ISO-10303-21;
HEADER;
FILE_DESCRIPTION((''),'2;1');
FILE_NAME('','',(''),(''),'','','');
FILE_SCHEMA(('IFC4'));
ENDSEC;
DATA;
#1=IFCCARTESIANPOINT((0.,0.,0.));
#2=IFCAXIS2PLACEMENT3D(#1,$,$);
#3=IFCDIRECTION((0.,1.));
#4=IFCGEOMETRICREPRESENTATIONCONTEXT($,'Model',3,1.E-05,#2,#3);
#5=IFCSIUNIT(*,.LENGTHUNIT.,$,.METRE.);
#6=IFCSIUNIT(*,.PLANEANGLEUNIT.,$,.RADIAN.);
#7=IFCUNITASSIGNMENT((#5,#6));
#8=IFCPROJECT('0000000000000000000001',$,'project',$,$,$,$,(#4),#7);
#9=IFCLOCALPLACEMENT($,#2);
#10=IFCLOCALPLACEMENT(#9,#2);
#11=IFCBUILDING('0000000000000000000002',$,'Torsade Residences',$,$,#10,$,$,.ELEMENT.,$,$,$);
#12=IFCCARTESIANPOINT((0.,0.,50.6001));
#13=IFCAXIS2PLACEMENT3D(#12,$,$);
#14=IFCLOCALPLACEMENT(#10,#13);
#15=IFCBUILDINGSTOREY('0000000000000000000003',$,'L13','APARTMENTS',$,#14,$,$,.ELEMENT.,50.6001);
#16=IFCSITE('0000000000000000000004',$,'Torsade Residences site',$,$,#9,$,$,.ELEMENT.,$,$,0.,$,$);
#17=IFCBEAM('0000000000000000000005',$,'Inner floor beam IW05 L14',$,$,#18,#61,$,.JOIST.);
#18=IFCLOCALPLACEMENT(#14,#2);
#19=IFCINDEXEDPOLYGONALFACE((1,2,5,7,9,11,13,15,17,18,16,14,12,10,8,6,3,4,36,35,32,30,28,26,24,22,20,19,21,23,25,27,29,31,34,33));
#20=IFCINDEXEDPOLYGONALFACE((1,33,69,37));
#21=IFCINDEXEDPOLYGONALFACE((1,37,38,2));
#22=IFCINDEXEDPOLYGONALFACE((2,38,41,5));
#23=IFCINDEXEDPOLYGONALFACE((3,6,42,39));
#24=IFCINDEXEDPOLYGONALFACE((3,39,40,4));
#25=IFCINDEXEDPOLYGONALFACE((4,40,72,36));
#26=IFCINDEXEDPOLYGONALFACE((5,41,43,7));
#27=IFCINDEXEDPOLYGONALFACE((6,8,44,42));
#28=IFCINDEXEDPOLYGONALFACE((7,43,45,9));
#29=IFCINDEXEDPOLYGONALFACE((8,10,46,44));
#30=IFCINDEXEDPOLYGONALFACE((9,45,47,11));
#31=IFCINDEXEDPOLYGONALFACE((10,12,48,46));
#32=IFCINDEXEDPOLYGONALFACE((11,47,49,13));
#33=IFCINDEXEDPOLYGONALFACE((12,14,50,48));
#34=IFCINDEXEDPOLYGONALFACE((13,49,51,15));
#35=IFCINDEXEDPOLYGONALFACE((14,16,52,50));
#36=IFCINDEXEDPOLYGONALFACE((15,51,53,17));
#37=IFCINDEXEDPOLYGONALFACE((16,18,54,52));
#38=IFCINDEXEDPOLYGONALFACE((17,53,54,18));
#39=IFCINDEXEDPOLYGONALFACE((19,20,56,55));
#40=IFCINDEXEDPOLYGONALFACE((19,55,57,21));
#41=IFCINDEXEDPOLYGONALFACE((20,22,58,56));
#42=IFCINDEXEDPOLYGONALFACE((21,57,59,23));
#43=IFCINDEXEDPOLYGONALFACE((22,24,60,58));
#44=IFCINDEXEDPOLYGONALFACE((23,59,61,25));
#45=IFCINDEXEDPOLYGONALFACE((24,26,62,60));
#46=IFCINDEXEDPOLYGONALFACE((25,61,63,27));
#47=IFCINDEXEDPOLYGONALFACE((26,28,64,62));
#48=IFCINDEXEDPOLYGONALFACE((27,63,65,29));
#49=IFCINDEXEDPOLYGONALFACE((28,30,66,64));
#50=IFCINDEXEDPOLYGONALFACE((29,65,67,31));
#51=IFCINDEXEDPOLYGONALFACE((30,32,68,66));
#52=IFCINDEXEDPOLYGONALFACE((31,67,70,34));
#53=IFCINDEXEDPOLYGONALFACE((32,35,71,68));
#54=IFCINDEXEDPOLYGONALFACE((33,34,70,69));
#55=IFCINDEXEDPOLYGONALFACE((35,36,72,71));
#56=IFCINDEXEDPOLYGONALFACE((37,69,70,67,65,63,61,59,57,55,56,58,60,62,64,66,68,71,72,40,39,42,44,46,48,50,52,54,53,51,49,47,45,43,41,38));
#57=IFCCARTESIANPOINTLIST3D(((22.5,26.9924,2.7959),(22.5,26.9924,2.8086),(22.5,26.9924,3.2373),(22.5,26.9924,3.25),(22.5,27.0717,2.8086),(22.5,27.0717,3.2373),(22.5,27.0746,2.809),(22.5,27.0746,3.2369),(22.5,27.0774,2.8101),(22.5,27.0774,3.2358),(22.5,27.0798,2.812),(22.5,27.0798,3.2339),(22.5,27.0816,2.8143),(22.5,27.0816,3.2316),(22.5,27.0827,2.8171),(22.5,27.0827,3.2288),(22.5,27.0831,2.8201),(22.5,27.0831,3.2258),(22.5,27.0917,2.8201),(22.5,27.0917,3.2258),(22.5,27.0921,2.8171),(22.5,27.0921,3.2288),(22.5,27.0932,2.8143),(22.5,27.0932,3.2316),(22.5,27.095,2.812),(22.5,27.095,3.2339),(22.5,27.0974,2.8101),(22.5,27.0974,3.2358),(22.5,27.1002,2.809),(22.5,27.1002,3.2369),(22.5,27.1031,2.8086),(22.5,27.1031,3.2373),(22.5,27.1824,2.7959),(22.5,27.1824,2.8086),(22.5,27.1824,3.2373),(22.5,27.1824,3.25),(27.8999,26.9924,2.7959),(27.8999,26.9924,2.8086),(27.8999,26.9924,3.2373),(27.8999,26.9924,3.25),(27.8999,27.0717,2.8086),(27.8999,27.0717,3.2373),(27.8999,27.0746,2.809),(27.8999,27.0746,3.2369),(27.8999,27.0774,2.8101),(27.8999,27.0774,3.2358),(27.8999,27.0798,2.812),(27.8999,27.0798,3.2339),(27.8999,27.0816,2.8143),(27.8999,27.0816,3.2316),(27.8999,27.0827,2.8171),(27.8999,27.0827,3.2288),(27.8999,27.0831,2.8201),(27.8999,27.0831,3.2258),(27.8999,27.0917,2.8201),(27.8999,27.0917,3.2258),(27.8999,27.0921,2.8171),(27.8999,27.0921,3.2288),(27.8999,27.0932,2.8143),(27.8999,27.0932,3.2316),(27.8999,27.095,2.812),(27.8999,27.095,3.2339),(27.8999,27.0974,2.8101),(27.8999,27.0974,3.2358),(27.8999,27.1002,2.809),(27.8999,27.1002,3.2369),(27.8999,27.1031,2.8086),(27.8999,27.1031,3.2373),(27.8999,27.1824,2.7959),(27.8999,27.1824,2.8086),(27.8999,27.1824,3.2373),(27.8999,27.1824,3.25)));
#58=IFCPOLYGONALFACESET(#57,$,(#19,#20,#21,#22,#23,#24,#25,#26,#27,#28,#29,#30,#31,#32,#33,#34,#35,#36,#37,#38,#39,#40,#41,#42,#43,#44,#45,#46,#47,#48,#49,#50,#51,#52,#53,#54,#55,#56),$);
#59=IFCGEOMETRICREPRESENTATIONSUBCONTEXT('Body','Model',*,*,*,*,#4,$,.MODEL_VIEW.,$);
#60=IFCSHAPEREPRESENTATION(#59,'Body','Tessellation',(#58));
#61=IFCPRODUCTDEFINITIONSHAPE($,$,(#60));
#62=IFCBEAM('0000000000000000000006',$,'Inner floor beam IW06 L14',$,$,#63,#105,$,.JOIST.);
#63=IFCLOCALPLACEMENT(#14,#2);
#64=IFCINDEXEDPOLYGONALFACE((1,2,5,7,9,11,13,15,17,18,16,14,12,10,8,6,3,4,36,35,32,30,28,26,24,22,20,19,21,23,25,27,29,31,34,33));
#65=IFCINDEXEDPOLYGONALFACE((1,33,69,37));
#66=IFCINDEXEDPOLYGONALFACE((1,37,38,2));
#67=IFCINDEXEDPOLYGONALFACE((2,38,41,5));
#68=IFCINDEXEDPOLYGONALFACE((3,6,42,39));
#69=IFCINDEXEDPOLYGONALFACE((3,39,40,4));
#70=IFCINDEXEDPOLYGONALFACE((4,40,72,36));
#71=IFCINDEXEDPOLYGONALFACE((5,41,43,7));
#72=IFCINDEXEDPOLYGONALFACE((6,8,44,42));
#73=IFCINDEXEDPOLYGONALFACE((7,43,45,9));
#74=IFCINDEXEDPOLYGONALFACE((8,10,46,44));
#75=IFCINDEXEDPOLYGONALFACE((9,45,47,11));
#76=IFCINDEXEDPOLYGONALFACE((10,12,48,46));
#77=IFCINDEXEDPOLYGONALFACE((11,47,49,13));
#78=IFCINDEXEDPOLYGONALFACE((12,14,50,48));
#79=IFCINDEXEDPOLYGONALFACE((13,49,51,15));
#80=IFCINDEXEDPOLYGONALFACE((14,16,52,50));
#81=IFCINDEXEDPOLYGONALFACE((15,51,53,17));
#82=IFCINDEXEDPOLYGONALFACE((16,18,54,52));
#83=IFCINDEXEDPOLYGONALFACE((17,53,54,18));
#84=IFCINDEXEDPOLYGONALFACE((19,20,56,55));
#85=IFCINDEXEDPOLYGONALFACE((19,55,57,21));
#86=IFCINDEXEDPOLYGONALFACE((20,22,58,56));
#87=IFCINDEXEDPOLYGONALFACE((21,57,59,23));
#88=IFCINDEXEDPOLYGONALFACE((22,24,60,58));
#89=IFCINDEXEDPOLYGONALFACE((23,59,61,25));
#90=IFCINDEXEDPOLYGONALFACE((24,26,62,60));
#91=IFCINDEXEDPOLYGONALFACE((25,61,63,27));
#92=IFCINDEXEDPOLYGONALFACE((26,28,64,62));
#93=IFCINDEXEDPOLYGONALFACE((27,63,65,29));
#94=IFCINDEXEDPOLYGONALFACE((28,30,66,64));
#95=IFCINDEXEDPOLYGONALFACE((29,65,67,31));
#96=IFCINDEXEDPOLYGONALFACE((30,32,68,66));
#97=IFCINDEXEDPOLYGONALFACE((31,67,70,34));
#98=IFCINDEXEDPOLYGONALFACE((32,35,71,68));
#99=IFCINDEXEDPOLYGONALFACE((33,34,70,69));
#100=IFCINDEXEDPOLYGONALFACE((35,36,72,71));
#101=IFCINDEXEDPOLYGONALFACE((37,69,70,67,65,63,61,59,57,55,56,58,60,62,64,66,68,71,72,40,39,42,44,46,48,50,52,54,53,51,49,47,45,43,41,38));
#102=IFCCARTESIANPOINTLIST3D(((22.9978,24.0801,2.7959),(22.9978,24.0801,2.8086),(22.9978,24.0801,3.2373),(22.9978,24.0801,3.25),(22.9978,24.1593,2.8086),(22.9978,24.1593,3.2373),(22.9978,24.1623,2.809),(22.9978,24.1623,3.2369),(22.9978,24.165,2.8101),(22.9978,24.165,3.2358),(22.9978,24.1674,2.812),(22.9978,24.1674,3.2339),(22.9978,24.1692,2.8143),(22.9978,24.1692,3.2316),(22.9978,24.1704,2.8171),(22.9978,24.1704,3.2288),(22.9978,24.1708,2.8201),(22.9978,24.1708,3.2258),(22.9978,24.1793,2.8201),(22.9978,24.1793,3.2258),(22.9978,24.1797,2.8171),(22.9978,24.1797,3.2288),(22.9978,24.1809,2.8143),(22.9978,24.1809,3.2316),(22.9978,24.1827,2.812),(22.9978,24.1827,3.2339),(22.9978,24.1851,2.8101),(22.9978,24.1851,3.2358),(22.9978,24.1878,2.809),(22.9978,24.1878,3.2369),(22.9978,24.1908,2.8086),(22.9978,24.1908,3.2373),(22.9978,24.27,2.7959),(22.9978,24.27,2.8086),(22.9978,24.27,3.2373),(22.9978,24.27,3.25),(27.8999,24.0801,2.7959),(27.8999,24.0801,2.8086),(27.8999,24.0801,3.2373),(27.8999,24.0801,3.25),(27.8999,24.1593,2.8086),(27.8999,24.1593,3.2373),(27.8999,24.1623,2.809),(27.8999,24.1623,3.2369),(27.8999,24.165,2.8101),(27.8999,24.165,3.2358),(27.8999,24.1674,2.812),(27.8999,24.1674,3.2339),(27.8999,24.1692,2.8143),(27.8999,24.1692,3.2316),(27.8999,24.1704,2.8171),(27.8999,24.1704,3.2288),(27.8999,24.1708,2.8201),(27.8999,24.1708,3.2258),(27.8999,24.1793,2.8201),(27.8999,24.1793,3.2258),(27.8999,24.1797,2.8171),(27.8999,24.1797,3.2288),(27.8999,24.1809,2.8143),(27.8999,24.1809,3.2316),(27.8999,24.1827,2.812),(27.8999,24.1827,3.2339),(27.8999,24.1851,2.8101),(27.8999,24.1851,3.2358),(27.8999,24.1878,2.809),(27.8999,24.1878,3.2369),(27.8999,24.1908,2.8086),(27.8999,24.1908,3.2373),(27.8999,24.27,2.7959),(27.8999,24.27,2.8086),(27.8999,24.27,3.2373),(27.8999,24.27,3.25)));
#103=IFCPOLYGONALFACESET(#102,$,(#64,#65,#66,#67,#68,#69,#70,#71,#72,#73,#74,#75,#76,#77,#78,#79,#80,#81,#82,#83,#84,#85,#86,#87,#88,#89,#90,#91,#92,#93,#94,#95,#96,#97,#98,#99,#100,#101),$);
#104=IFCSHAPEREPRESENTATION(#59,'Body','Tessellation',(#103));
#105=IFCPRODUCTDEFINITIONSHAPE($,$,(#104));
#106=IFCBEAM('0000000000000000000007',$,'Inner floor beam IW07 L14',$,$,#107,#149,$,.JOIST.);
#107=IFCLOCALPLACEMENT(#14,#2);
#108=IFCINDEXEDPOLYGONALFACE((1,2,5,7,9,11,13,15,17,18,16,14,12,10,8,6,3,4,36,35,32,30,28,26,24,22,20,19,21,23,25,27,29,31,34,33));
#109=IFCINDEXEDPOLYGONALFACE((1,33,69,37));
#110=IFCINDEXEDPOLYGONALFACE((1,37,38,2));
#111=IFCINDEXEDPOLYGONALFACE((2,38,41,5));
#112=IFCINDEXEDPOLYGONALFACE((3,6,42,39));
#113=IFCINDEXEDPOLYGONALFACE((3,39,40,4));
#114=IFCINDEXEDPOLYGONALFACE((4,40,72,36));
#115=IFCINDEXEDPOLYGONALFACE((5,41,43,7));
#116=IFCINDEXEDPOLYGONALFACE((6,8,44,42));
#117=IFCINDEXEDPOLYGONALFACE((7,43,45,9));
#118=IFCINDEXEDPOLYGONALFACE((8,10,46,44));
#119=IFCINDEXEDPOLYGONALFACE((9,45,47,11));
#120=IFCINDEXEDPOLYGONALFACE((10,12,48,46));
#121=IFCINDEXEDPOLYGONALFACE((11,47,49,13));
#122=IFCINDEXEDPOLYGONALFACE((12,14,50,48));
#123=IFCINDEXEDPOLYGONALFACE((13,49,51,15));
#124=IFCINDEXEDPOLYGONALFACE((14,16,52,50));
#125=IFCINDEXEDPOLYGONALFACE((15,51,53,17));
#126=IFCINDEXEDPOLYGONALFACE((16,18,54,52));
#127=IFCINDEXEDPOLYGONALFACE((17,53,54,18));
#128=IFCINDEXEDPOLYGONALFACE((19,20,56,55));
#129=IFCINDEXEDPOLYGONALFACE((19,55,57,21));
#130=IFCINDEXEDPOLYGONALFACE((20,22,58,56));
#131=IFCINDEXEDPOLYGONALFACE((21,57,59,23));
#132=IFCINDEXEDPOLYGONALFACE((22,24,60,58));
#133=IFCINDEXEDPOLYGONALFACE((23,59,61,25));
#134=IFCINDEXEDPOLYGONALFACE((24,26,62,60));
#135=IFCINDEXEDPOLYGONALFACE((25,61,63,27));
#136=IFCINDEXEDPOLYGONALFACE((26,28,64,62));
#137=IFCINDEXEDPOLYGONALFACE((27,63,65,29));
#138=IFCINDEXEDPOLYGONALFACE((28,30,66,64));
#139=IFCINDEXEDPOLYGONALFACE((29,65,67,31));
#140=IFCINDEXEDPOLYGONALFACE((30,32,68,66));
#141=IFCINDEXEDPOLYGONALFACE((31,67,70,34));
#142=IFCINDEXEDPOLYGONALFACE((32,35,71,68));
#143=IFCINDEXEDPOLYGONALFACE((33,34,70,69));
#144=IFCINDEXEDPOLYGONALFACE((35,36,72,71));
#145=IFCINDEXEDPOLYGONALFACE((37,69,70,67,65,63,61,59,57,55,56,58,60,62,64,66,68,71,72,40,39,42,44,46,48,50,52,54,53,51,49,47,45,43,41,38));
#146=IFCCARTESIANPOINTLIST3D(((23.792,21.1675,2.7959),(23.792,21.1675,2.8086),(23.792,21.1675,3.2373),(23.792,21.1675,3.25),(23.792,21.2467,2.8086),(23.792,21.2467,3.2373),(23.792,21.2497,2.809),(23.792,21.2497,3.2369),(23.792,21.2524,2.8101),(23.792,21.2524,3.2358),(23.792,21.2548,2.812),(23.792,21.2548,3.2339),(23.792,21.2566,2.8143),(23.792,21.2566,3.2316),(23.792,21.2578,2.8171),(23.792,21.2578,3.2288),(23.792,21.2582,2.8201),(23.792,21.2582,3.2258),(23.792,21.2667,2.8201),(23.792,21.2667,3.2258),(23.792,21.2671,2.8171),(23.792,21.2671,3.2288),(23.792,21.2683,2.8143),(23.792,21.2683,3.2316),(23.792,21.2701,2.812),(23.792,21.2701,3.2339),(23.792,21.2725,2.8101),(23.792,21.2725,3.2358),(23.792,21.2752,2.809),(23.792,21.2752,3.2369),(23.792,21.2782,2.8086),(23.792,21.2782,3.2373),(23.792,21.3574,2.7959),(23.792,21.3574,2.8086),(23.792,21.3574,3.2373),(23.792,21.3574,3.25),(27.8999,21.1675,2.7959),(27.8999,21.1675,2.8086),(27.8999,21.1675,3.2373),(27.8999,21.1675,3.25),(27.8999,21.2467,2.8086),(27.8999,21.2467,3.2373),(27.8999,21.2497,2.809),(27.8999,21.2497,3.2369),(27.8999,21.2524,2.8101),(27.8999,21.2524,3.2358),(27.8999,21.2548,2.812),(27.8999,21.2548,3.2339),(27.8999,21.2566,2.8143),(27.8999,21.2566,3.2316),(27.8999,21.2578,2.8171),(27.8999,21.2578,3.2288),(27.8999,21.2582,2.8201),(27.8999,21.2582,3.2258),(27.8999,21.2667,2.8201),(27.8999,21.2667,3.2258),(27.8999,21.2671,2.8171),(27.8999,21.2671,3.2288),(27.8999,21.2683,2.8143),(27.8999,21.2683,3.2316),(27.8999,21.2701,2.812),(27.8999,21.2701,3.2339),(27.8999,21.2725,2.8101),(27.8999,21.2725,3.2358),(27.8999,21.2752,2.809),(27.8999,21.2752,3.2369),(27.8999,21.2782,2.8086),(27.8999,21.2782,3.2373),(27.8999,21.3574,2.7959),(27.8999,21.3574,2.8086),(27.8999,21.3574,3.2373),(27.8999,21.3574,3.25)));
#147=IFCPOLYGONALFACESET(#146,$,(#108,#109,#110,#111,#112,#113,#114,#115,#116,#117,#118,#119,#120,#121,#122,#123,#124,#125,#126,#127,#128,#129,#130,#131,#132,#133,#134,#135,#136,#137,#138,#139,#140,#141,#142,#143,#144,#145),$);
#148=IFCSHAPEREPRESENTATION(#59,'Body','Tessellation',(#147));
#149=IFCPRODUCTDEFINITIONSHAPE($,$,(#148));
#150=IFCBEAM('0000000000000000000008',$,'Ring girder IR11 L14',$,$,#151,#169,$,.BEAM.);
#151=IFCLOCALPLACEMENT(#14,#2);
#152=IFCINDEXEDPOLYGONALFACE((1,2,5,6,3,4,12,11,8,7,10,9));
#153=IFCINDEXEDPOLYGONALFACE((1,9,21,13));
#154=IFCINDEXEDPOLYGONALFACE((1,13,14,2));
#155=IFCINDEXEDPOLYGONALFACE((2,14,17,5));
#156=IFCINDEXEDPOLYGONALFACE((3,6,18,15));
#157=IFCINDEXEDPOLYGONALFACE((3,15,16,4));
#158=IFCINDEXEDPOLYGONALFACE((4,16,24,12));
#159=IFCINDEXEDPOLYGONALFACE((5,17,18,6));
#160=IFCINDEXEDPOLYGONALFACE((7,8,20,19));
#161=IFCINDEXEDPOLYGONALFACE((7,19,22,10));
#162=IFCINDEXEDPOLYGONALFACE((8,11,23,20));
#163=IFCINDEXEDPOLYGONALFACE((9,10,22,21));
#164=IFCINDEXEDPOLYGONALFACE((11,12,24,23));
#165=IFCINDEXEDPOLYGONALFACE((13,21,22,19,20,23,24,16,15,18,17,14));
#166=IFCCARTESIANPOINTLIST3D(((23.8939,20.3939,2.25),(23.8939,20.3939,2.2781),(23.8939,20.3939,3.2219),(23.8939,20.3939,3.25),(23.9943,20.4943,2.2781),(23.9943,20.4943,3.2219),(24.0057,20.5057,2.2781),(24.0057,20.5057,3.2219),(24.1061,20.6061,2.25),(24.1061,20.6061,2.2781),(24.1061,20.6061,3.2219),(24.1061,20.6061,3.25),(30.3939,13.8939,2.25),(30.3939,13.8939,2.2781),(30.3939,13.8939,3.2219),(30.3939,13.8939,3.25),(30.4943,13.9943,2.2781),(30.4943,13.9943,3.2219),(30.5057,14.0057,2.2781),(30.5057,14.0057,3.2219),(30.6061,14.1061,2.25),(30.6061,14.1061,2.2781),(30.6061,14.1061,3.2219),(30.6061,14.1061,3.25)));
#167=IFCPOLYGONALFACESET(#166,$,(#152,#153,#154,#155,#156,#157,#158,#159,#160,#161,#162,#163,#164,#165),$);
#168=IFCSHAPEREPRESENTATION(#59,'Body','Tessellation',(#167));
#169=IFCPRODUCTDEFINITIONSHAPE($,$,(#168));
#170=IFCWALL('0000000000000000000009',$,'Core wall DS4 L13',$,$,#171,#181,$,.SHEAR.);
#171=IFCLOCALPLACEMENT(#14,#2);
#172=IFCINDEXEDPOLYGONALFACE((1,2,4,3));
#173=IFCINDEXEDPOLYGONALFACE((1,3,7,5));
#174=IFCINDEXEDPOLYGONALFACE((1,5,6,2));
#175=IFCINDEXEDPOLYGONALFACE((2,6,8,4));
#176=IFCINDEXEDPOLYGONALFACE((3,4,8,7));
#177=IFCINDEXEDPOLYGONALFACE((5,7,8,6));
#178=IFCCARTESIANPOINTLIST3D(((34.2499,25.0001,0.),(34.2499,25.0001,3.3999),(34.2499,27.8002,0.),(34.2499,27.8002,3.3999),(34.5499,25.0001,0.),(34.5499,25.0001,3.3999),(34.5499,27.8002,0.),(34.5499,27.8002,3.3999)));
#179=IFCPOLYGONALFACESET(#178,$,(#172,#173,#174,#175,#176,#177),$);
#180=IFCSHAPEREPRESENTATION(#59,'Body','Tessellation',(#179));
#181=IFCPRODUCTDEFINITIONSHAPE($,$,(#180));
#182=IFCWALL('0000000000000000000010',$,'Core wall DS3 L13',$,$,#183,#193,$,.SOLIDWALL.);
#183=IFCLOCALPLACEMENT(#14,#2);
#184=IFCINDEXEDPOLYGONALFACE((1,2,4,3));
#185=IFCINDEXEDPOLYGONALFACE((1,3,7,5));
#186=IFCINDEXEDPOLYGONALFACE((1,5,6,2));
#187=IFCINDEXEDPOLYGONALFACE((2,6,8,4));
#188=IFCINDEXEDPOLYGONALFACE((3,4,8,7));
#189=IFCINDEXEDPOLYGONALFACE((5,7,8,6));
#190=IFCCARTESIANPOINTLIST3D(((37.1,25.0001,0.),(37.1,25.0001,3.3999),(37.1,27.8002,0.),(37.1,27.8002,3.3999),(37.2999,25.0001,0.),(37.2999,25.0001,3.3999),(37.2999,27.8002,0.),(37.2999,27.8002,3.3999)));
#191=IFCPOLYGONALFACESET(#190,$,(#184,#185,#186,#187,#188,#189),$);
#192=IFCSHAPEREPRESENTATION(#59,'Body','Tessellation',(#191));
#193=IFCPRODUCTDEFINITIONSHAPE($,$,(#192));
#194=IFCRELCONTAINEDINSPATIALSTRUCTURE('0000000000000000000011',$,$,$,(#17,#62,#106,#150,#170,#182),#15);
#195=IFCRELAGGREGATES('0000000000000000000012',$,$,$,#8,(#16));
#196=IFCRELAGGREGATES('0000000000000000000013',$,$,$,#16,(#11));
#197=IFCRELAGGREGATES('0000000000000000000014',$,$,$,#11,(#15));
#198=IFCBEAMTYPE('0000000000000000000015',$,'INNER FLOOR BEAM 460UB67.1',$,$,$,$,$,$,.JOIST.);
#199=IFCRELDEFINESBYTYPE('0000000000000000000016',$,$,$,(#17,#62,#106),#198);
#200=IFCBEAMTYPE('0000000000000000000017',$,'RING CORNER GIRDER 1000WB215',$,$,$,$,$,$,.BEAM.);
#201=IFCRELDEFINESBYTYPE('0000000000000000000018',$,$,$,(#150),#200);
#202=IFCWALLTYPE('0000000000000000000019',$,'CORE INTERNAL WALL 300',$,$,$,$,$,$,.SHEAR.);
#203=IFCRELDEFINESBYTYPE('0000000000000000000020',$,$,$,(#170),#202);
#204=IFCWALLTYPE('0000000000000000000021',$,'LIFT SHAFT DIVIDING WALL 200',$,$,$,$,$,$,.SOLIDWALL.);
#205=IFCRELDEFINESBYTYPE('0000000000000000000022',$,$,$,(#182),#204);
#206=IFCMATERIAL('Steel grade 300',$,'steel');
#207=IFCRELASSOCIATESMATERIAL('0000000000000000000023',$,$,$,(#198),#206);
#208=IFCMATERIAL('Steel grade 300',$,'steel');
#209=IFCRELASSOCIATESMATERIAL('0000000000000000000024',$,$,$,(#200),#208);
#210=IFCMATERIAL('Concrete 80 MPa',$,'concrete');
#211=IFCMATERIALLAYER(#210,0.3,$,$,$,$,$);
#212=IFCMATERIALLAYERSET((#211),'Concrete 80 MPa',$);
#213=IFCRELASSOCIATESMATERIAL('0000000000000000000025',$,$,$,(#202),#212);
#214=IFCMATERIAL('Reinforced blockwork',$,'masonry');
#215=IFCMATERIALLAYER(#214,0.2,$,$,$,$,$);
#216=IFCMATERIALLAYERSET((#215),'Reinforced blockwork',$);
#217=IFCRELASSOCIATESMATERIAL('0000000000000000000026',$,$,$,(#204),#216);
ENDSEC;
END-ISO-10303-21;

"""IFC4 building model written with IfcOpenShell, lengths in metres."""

from ifc_helpers import new_model, si_unit, direction, frame, frame_2d, origin, origin_2d, place, context, subcontext, project, spatial, rectangle, i_section, extrude, material, layer, layer_set, material_profile, profile_set, type_object, element, save


model = new_model("IFC4")

# Units and contexts
model_context = context("Model", 3, precision=1e-05, world=origin(), true_north=direction((0.0, 1.0)))
body_context = subcontext(model_context, "Body", "Model", "MODEL_VIEW")
ifc_project = project(units=[si_unit("LENGTHUNIT", "METRE"), si_unit("PLANEANGLEUNIT", "RADIAN")], contexts=[model_context])

# Site, building, storey
site_placement = place(None, origin())
site = spatial("IfcSite", under=ifc_project, at=site_placement, Name="Torsade Residences site", CompositionType="ELEMENT", RefElevation=0.0)
building_placement = place(site_placement, origin())
building = spatial("IfcBuilding", under=site, at=building_placement, Name="Torsade Residences", CompositionType="ELEMENT")
storey_placement = place(building_placement, frame((0.0, 0.0, 50.6001)))
storey = spatial("IfcBuildingStorey", under=building, at=storey_placement, Name="L13", Description="APARTMENTS", CompositionType="ELEMENT", Elevation=50.6001)

# Beams
ifc_material_1 = material(Name="Steel grade 300", Category="steel")
ifc_material_profile_1 = material_profile(ifc_material_1, i_section(OverallWidth=0.1899, OverallDepth=0.4541, WebThickness=0.0085, FlangeThickness=0.0127, FilletRadius=0.0115, at=origin_2d()), Name="460UB67.1")
ifc_profile_set_1 = profile_set([ifc_material_profile_1], Name="Steel grade 300")
beam_type_1 = type_object("IfcBeamType", Name="INNER FLOOR BEAM 460UB67.1", PredefinedType="JOIST", material=ifc_profile_set_1)
beam_1_placement = place(storey_placement, frame((27.8999, 27.0874, 3.0229), z_axis=(-1.0, 0.0, 0.0), x_axis=(0.0, -1.0, 0.0)))
element("IfcBeam", 1, at=beam_1_placement, inside=storey, type_object=beam_type_1, Name="Inner floor beam IW05 L14", PredefinedType="JOIST", context=body_context, shape_type="SweptSolid", body=[
    extrude(i_section(OverallWidth=0.1899, OverallDepth=0.4541, WebThickness=0.0085, FlangeThickness=0.0127, FilletRadius=0.0115, at=origin_2d()), origin(), (0.0, 0.0, 1.0), 5.3999),
])
beam_2_placement = place(storey_placement, frame((27.8999, 24.175, 3.0229), z_axis=(-1.0, 0.0, 0.0), x_axis=(0.0, -1.0, 0.0)))
element("IfcBeam", 2, at=beam_2_placement, inside=storey, type_object=beam_type_1, Name="Inner floor beam IW06 L14", PredefinedType="JOIST", context=body_context, shape_type="SweptSolid", body=[
    extrude(i_section(OverallWidth=0.1899, OverallDepth=0.4541, WebThickness=0.0085, FlangeThickness=0.0127, FilletRadius=0.0115, at=origin_2d()), origin(), (0.0, 0.0, 1.0), 4.9021),
])
beam_3_placement = place(storey_placement, frame((27.8999, 21.2625, 3.0229), z_axis=(-1.0, 0.0, 0.0), x_axis=(0.0, -1.0, 0.0)))
element("IfcBeam", 3, at=beam_3_placement, inside=storey, type_object=beam_type_1, Name="Inner floor beam IW07 L14", PredefinedType="JOIST", context=body_context, shape_type="SweptSolid", body=[
    extrude(i_section(OverallWidth=0.1899, OverallDepth=0.4541, WebThickness=0.0085, FlangeThickness=0.0127, FilletRadius=0.0115, at=origin_2d()), origin(), (0.0, 0.0, 1.0), 4.1079),
])
ifc_material_2 = material(Name="Steel grade 300", Category="steel")
ifc_material_profile_2 = material_profile(ifc_material_2, i_section(OverallWidth=0.3, OverallDepth=1.0, WebThickness=0.0161, FlangeThickness=0.0281, at=origin_2d()), Name="1000WB215")
ifc_profile_set_2 = profile_set([ifc_material_profile_2], Name="Steel grade 300")
beam_type_2 = type_object("IfcBeamType", Name="RING CORNER GIRDER 1000WB215", PredefinedType="BEAM", material=ifc_profile_set_2)
beam_4_placement = place(storey_placement, frame((24.0, 20.5, 2.75), z_axis=(0.707107, -0.707107, 0.0), x_axis=(0.707107, 0.707107, 0.0)))
element("IfcBeam", 4, at=beam_4_placement, inside=storey, type_object=beam_type_2, Name="Ring girder IR11 L14", PredefinedType="BEAM", context=body_context, shape_type="SweptSolid", body=[
    extrude(i_section(OverallWidth=0.3, OverallDepth=1.0, WebThickness=0.0161, FlangeThickness=0.0281, at=origin_2d()), origin(), (0.0, 0.0, 1.0), 9.1924),
])

# Walls
ifc_material_3 = material(Name="Concrete 80 MPa", Category="concrete")
ifc_layer_1 = layer(ifc_material_3, 0.3)
ifc_layer_set_1 = layer_set([ifc_layer_1], Name="Concrete 80 MPa")
wall_type_1 = type_object("IfcWallType", Name="CORE INTERNAL WALL 300", PredefinedType="SHEAR", material=ifc_layer_set_1)
wall_1_placement = place(storey_placement, frame((34.3999, 27.8, 0.0), z_axis=(0.0, 0.0, 1.0), x_axis=(0.0, -1.0, 0.0)))
element("IfcWall", 5, at=wall_1_placement, inside=storey, type_object=wall_type_1, Name="Core wall DS4 L13", PredefinedType="SHEAR", context=body_context, shape_type="SweptSolid", body=[
    extrude(rectangle(XDim=2.8, YDim=0.3, at=frame_2d((1.3999, 0.0))), origin(), (0.0, 0.0, 1.0), 3.3999),
])
ifc_material_4 = material(Name="Reinforced blockwork", Category="masonry")
ifc_layer_2 = layer(ifc_material_4, 0.2)
ifc_layer_set_2 = layer_set([ifc_layer_2], Name="Reinforced blockwork")
wall_type_2 = type_object("IfcWallType", Name="LIFT SHAFT DIVIDING WALL 200", PredefinedType="SOLIDWALL", material=ifc_layer_set_2)
wall_2_placement = place(storey_placement, frame((37.2, 27.8, 0.0), z_axis=(0.0, 0.0, 1.0), x_axis=(0.0, -1.0, 0.0)))
element("IfcWall", 6, at=wall_2_placement, inside=storey, type_object=wall_type_2, Name="Core wall DS3 L13", PredefinedType="SOLIDWALL", context=body_context, shape_type="SweptSolid", body=[
    extrude(rectangle(XDim=2.8, YDim=0.2, at=frame_2d((1.3999, 0.0))), origin(), (0.0, 0.0, 1.0), 3.3999),
])

save(model, "model.ifc")
